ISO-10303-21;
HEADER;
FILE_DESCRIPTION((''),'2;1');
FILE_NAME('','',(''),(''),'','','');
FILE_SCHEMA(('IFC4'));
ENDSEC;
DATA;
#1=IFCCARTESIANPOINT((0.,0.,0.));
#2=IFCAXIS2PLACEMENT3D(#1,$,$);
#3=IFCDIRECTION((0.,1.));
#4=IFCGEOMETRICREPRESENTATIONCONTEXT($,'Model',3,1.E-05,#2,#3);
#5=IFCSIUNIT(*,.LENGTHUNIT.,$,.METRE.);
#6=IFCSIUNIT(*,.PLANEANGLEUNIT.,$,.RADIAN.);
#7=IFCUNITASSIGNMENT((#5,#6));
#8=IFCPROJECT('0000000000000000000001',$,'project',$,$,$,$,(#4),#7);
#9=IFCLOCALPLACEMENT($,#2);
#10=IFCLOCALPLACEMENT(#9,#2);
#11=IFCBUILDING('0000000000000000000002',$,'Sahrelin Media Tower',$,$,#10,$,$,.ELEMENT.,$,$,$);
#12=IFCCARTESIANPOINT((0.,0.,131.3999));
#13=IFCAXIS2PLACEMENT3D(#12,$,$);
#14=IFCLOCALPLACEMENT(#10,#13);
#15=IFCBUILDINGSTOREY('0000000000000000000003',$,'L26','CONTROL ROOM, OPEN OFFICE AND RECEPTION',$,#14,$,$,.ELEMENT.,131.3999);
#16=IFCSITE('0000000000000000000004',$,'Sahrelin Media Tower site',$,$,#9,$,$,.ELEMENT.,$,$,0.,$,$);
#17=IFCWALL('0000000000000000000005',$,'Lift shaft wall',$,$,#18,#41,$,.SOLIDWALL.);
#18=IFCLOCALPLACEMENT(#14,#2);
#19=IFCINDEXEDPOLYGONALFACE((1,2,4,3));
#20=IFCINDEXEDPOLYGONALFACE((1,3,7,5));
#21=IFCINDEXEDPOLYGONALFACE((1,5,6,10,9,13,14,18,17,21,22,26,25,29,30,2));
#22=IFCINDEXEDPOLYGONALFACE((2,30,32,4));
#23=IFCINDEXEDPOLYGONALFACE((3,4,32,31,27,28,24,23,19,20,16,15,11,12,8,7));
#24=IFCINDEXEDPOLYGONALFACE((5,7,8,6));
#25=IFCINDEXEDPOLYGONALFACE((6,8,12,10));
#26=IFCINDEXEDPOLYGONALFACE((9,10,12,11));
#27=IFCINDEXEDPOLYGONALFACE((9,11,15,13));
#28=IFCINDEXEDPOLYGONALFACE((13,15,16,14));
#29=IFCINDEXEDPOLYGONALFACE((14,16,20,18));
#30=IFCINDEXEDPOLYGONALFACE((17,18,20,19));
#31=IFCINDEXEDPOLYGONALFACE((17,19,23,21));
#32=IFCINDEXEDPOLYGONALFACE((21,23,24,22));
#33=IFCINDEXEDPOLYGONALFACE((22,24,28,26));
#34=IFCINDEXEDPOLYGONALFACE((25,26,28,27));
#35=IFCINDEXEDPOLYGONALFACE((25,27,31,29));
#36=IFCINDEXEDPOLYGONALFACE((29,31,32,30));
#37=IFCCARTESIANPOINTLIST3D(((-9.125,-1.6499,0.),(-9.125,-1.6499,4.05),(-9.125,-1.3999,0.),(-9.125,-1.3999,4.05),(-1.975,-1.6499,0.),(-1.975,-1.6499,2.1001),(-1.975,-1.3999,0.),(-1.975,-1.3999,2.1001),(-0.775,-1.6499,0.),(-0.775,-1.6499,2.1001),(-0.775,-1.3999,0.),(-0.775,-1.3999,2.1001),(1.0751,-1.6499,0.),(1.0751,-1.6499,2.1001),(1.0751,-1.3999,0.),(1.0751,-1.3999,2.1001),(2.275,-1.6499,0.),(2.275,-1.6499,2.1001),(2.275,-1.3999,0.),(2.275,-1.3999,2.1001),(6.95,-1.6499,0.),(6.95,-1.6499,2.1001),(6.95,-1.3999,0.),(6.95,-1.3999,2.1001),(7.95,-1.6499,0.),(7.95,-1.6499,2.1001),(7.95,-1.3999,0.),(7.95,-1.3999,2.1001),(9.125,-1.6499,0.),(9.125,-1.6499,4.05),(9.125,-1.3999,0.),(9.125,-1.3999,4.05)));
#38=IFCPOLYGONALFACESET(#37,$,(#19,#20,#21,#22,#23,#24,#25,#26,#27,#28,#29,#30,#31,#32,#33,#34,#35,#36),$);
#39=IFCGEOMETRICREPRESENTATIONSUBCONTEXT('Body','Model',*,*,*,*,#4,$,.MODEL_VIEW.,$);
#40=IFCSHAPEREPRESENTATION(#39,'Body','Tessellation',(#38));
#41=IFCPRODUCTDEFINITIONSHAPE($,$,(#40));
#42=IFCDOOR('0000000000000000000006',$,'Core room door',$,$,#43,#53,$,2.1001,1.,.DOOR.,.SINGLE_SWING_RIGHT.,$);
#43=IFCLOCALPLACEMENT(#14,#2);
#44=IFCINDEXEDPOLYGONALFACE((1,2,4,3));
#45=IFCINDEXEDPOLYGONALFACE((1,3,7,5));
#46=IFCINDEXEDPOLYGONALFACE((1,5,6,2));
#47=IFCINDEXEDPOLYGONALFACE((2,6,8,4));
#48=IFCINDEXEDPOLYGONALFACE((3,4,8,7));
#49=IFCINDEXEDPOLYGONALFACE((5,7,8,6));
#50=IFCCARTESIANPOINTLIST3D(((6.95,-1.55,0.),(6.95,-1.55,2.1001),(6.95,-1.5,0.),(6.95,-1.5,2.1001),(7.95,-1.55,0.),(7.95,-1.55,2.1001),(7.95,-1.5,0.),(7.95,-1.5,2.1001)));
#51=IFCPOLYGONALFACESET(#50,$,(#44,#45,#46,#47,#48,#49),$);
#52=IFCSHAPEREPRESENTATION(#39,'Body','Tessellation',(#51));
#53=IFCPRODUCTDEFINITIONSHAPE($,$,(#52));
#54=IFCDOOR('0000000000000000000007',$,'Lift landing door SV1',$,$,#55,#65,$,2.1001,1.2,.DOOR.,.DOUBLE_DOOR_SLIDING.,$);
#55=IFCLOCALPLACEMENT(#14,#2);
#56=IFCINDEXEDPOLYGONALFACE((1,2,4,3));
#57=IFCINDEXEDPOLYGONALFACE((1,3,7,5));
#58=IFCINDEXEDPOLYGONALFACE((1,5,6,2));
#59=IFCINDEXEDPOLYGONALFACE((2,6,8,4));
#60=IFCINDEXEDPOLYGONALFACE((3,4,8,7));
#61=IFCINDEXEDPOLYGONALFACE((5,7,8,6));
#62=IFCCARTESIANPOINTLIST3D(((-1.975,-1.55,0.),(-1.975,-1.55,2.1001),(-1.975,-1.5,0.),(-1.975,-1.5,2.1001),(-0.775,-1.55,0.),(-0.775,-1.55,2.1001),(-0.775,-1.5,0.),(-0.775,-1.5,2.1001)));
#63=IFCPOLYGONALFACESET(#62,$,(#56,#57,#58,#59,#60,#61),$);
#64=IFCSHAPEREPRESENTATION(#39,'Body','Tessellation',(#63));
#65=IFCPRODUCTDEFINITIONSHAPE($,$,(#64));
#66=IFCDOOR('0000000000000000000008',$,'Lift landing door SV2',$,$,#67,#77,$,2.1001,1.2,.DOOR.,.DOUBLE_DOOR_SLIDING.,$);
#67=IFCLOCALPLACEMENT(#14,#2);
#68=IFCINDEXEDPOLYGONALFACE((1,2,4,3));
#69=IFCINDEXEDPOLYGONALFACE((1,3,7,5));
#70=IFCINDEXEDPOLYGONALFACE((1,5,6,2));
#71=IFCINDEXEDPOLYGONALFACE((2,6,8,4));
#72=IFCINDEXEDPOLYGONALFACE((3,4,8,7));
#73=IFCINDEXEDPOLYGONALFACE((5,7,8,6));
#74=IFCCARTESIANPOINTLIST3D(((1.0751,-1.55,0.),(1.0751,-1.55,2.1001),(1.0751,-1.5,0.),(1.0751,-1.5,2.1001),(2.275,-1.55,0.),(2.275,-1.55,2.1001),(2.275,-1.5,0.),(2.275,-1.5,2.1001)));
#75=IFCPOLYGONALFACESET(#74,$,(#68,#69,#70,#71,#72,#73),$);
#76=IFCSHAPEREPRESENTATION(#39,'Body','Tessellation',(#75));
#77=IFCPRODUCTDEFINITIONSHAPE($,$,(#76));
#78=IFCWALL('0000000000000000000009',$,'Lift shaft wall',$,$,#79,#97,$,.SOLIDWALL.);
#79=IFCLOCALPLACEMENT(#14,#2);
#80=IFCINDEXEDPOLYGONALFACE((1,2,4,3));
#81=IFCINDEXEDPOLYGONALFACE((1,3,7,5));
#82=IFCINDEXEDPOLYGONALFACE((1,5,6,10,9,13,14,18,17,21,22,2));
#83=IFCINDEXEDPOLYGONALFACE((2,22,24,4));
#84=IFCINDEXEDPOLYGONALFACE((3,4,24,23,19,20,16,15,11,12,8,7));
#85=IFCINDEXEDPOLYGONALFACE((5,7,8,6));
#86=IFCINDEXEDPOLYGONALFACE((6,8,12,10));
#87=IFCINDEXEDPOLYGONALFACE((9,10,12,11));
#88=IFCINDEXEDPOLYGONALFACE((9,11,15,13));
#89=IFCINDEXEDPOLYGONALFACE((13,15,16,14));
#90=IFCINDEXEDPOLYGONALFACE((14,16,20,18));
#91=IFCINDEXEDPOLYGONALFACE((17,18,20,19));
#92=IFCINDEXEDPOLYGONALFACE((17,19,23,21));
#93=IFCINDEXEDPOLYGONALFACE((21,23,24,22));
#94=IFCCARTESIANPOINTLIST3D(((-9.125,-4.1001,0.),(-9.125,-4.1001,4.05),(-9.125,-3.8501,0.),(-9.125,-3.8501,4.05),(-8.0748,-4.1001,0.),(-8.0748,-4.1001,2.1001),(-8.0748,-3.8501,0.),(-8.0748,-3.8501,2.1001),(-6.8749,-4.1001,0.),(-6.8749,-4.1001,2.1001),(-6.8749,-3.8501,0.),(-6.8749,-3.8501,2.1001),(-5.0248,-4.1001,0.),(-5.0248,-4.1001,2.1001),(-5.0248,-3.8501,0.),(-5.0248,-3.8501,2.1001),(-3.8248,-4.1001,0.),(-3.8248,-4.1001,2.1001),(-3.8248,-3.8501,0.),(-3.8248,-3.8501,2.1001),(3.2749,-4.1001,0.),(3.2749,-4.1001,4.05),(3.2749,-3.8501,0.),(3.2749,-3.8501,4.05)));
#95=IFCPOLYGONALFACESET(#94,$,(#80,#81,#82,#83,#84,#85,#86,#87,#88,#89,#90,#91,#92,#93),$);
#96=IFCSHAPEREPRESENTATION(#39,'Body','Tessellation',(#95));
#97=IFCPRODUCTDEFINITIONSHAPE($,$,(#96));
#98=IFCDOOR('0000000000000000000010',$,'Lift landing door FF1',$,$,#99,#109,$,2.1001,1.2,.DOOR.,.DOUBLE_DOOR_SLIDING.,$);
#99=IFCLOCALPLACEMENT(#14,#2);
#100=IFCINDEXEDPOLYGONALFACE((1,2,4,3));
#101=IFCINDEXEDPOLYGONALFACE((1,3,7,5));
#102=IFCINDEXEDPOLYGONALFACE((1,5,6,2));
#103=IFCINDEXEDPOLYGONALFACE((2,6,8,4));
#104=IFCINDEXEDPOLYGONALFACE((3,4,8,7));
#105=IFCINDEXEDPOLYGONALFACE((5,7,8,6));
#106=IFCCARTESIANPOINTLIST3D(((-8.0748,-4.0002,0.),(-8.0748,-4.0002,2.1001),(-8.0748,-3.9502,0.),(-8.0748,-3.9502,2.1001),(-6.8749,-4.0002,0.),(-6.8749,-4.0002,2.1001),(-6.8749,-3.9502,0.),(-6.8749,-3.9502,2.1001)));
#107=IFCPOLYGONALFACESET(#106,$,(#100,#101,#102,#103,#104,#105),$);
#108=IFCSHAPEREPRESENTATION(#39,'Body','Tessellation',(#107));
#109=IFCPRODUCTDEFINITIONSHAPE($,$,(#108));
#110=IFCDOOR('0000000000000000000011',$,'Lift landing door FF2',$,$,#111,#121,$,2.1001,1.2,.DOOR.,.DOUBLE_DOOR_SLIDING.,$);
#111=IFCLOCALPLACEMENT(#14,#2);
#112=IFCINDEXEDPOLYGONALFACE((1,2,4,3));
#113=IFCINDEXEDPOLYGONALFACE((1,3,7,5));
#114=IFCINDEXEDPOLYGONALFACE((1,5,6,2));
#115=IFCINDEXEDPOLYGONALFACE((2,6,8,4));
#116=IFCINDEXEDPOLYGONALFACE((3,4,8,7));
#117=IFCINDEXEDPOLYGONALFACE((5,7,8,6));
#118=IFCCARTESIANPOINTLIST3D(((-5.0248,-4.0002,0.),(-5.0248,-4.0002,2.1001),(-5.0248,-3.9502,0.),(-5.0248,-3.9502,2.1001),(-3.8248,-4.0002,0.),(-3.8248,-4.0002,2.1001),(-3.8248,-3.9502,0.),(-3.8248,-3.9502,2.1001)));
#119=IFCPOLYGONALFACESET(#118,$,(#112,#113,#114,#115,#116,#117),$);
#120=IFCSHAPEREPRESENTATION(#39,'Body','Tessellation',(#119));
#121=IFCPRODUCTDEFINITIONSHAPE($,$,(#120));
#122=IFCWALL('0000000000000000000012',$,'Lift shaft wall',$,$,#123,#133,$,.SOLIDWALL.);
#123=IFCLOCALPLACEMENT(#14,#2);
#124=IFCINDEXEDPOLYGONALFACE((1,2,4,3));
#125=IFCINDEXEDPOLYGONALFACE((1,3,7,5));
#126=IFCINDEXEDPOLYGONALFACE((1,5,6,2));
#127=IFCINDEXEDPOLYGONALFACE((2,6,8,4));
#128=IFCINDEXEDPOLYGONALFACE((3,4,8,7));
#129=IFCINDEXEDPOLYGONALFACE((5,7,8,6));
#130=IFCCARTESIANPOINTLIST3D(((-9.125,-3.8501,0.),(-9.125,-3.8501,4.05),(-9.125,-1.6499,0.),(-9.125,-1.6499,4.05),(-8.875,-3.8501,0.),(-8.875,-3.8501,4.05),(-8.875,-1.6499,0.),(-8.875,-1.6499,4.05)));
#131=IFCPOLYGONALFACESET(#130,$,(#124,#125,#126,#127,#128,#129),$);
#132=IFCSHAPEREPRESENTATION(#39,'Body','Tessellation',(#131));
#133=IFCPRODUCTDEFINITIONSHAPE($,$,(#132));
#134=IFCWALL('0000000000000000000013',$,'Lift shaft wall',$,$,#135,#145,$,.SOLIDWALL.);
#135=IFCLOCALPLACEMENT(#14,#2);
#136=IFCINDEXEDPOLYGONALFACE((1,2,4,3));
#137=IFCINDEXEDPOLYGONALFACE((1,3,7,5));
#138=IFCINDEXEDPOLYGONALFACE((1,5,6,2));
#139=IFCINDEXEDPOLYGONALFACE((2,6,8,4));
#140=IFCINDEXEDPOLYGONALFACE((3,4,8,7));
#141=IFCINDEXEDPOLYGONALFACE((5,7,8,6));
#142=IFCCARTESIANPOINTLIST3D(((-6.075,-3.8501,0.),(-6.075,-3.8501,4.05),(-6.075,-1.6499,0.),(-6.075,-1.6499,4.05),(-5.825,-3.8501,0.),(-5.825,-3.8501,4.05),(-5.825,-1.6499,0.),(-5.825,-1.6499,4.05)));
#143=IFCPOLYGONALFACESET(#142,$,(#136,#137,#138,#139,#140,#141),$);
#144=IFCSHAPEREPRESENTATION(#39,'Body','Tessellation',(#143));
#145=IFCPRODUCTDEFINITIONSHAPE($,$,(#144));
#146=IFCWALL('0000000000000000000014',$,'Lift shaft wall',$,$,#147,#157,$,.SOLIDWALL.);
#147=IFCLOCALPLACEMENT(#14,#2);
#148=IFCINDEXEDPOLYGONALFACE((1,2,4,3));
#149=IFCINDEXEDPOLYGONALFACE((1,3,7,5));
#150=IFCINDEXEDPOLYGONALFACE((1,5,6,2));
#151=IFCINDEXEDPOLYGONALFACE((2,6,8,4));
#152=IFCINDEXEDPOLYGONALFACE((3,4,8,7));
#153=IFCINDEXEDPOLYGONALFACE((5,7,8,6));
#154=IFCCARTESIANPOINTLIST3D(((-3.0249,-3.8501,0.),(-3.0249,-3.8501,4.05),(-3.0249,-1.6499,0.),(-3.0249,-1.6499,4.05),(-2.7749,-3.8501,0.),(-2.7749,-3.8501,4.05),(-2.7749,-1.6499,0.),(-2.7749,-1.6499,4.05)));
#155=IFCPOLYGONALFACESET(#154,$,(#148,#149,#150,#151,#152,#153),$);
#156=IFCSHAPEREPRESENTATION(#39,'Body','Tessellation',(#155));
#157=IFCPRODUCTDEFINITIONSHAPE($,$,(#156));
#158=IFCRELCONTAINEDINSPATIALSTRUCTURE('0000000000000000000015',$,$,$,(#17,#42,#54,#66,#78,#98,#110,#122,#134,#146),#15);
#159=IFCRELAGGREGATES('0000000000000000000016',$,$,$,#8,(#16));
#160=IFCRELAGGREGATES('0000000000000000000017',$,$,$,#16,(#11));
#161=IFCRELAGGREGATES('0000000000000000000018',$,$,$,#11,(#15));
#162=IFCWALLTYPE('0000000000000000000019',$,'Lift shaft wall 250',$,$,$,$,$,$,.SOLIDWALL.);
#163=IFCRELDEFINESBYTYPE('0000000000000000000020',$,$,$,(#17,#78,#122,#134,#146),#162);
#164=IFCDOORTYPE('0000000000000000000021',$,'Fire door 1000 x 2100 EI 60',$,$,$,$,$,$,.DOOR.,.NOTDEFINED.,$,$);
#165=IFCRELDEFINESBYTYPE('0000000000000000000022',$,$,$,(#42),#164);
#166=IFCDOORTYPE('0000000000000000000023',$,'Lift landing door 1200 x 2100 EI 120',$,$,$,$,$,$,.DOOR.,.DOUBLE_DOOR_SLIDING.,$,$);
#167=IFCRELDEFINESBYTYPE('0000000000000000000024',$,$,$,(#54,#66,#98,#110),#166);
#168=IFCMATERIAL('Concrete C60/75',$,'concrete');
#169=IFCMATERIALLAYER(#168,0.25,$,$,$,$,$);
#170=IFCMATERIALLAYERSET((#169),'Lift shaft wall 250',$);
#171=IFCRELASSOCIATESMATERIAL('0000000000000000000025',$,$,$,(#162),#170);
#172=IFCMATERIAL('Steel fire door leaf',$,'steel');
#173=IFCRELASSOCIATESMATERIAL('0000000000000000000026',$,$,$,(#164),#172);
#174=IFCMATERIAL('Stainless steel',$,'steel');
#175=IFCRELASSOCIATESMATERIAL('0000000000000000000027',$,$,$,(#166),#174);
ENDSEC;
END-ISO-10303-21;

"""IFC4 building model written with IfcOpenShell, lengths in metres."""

from ifc_helpers import new_model, si_unit, direction, frame, frame_2d, origin, place, context, subcontext, project, spatial, rectangle, extrude, material, layer, layer_set, type_object, element, fill, save


model = new_model("IFC4")

# Units and contexts
model_context = context("Model", 3, precision=1e-05, world=origin(), true_north=direction((0.0, 1.0)))
body_context = subcontext(model_context, "Body", "Model", "MODEL_VIEW")
ifc_project = project(units=[si_unit("LENGTHUNIT", "METRE"), si_unit("PLANEANGLEUNIT", "RADIAN")], contexts=[model_context])

# Site, building, storey
site_placement = place(None, origin())
site = spatial("IfcSite", under=ifc_project, at=site_placement, Name="Sahrelin Media Tower site", CompositionType="ELEMENT", RefElevation=0.0)
building_placement = place(site_placement, origin())
building = spatial("IfcBuilding", under=site, at=building_placement, Name="Sahrelin Media Tower", CompositionType="ELEMENT")
storey_placement = place(building_placement, frame((0.0, 0.0, 131.3999)))
storey = spatial("IfcBuildingStorey", under=building, at=storey_placement, Name="L26", Description="CONTROL ROOM, OPEN OFFICE AND RECEPTION", CompositionType="ELEMENT", Elevation=131.3999)

# Shared definitions
ifc_material_1 = material(Name="Concrete C60/75", Category="concrete")

# Shared definitions
ifc_material_2 = material(Name="Steel fire door leaf", Category="steel")

# Walls, openings, doors
ifc_layer_1 = layer(ifc_material_1, 0.25)
ifc_layer_set_1 = layer_set([ifc_layer_1], Name="Lift shaft wall 250")
wall_type_1 = type_object("IfcWallType", Name="Lift shaft wall 250", PredefinedType="SOLIDWALL", material=ifc_layer_set_1)
wall_1_placement = place(storey_placement, frame((-9.125, -1.5249, 0.0), z_axis=(0.0, 0.0, 1.0), x_axis=(1.0, 0.0, 0.0)))
wall_1 = element("IfcWall", 1, at=wall_1_placement, inside=storey, type_object=wall_type_1, Name="Lift shaft wall", PredefinedType="SOLIDWALL", context=body_context, shape_type="SweptSolid", body=[
    extrude(rectangle(XDim=18.25, YDim=0.25, at=frame_2d((9.125, 0.0))), origin(), (0.0, 0.0, 1.0), 4.05),
])
opening_1_placement = place(wall_1_placement, frame((7.1499, 0.0, 0.0)))
opening_1 = element("IfcOpeningElement", 2, at=opening_1_placement, cuts=wall_1, PredefinedType="OPENING", context=body_context, shape_type="SweptSolid", body=[
    extrude(rectangle(XDim=1.2, YDim=2.1001, at=frame_2d((0.6001, 1.05))), frame((0.0, 0.125, 0.0), z_axis=(0.0, -1.0, 0.0), x_axis=(1.0, 0.0, 0.0)), (0.0, 0.0, 1.0), 0.25),
])
opening_2_placement = place(wall_1_placement, frame((10.2, 0.0, 0.0)))
opening_2 = element("IfcOpeningElement", 3, at=opening_2_placement, cuts=wall_1, PredefinedType="OPENING", context=body_context, shape_type="SweptSolid", body=[
    extrude(rectangle(XDim=1.2, YDim=2.1001, at=frame_2d((0.6001, 1.05))), frame((0.0, 0.125, 0.0), z_axis=(0.0, -1.0, 0.0), x_axis=(1.0, 0.0, 0.0)), (0.0, 0.0, 1.0), 0.25),
])
opening_3_placement = place(wall_1_placement, frame((16.075, 0.0, 0.0)))
opening_3 = element("IfcOpeningElement", 4, at=opening_3_placement, cuts=wall_1, PredefinedType="OPENING", context=body_context, shape_type="SweptSolid", body=[
    extrude(rectangle(XDim=1.0, YDim=2.1001, at=frame_2d((0.5, 1.05))), frame((0.0, 0.125, 0.0), z_axis=(0.0, -1.0, 0.0), x_axis=(1.0, 0.0, 0.0)), (0.0, 0.0, 1.0), 0.25),
])
door_type_1 = type_object("IfcDoorType", Name="Fire door 1000 x 2100 EI 60", OperationType="NOTDEFINED", PredefinedType="DOOR", material=ifc_material_2)
door_1_placement = place(opening_3_placement, origin())
door_1 = element("IfcDoor", 5, at=door_1_placement, inside=storey, type_object=door_type_1, Name="Core room door", OperationType="SINGLE_SWING_RIGHT", OverallHeight=2.1001, OverallWidth=1.0, PredefinedType="DOOR", context=body_context, shape_type="SweptSolid", body=[
    extrude(rectangle(XDim=1.0, YDim=2.1001, at=frame_2d((0.5, 1.05))), frame((0.0, 0.0249, 0.0), z_axis=(0.0, -1.0, 0.0), x_axis=(1.0, 0.0, 0.0)), (0.0, 0.0, 1.0), 0.05),
])
fill(opening_3, door_1)
ifc_material_3 = material(Name="Stainless steel", Category="steel")
door_type_2 = type_object("IfcDoorType", Name="Lift landing door 1200 x 2100 EI 120", OperationType="DOUBLE_DOOR_SLIDING", PredefinedType="DOOR", material=ifc_material_3)
door_2_placement = place(opening_1_placement, origin())
door_2 = element("IfcDoor", 6, at=door_2_placement, inside=storey, type_object=door_type_2, Name="Lift landing door SV1", OperationType="DOUBLE_DOOR_SLIDING", OverallHeight=2.1001, OverallWidth=1.2, PredefinedType="DOOR", context=body_context, shape_type="SweptSolid", body=[
    extrude(rectangle(XDim=1.2, YDim=2.1001, at=frame_2d((0.6001, 1.05))), frame((0.0, 0.0249, 0.0), z_axis=(0.0, -1.0, 0.0), x_axis=(1.0, 0.0, 0.0)), (0.0, 0.0, 1.0), 0.05),
])
fill(opening_1, door_2)
door_3_placement = place(opening_2_placement, origin())
door_3 = element("IfcDoor", 7, at=door_3_placement, inside=storey, type_object=door_type_2, Name="Lift landing door SV2", OperationType="DOUBLE_DOOR_SLIDING", OverallHeight=2.1001, OverallWidth=1.2, PredefinedType="DOOR", context=body_context, shape_type="SweptSolid", body=[
    extrude(rectangle(XDim=1.2, YDim=2.1001, at=frame_2d((0.6001, 1.05))), frame((0.0, 0.0249, 0.0), z_axis=(0.0, -1.0, 0.0), x_axis=(1.0, 0.0, 0.0)), (0.0, 0.0, 1.0), 0.05),
])
fill(opening_2, door_3)
wall_2_placement = place(storey_placement, frame((-9.125, -3.9751, 0.0), z_axis=(0.0, 0.0, 1.0), x_axis=(1.0, 0.0, 0.0)))
wall_2 = element("IfcWall", 8, at=wall_2_placement, inside=storey, type_object=wall_type_1, Name="Lift shaft wall", PredefinedType="SOLIDWALL", context=body_context, shape_type="SweptSolid", body=[
    extrude(rectangle(XDim=12.3999, YDim=0.25, at=frame_2d((6.2, 0.0))), origin(), (0.0, 0.0, 1.0), 4.05),
])
opening_4_placement = place(wall_2_placement, frame((1.05, 0.0, 0.0)))
opening_4 = element("IfcOpeningElement", 9, at=opening_4_placement, cuts=wall_2, PredefinedType="OPENING", context=body_context, shape_type="SweptSolid", body=[
    extrude(rectangle(XDim=1.2, YDim=2.1001, at=frame_2d((0.6001, 1.05))), frame((0.0, 0.125, 0.0), z_axis=(0.0, -1.0, 0.0), x_axis=(1.0, 0.0, 0.0)), (0.0, 0.0, 1.0), 0.25),
])
opening_5_placement = place(wall_2_placement, frame((4.1001, 0.0, 0.0)))
opening_5 = element("IfcOpeningElement", 10, at=opening_5_placement, cuts=wall_2, PredefinedType="OPENING", context=body_context, shape_type="SweptSolid", body=[
    extrude(rectangle(XDim=1.2, YDim=2.1001, at=frame_2d((0.6001, 1.05))), frame((0.0, 0.125, 0.0), z_axis=(0.0, -1.0, 0.0), x_axis=(1.0, 0.0, 0.0)), (0.0, 0.0, 1.0), 0.25),
])
door_4_placement = place(opening_4_placement, origin())
door_4 = element("IfcDoor", 11, at=door_4_placement, inside=storey, type_object=door_type_2, Name="Lift landing door FF1", OperationType="DOUBLE_DOOR_SLIDING", OverallHeight=2.1001, OverallWidth=1.2, PredefinedType="DOOR", context=body_context, shape_type="SweptSolid", body=[
    extrude(rectangle(XDim=1.2, YDim=2.1001, at=frame_2d((0.6001, 1.05))), frame((0.0, 0.0249, 0.0), z_axis=(0.0, -1.0, 0.0), x_axis=(1.0, 0.0, 0.0)), (0.0, 0.0, 1.0), 0.05),
])
fill(opening_4, door_4)
door_5_placement = place(opening_5_placement, origin())
door_5 = element("IfcDoor", 12, at=door_5_placement, inside=storey, type_object=door_type_2, Name="Lift landing door FF2", OperationType="DOUBLE_DOOR_SLIDING", OverallHeight=2.1001, OverallWidth=1.2, PredefinedType="DOOR", context=body_context, shape_type="SweptSolid", body=[
    extrude(rectangle(XDim=1.2, YDim=2.1001, at=frame_2d((0.6001, 1.05))), frame((0.0, 0.0249, 0.0), z_axis=(0.0, -1.0, 0.0), x_axis=(1.0, 0.0, 0.0)), (0.0, 0.0, 1.0), 0.05),
])
fill(opening_5, door_5)

# Walls
for number, where, z_axis, x_axis, name in (
    (13, (-9.0, -3.8501, 0.0), (0.0, 0.0, 1.0), (0.0, 1.0, 0.0), "Lift shaft wall"),
    (14, (-5.95, -3.8501, 0.0), (0.0, 0.0, 1.0), (0.0, 1.0, 0.0), "Lift shaft wall"),
    (15, (-2.8999, -3.8501, 0.0), (0.0, 0.0, 1.0), (0.0, 1.0, 0.0), "Lift shaft wall"),
):
    element("IfcWall", number, at=place(storey_placement, frame(where, z_axis=z_axis, x_axis=x_axis)), inside=storey, type_object=wall_type_1, Name=name, PredefinedType="SOLIDWALL", context=body_context, shape_type="SweptSolid", body=[
        extrude(rectangle(XDim=2.2002, YDim=0.25, at=frame_2d((1.1001, 0.0))), origin(), (0.0, 0.0, 1.0), 4.05),
    ])

save(model, "model.ifc")
